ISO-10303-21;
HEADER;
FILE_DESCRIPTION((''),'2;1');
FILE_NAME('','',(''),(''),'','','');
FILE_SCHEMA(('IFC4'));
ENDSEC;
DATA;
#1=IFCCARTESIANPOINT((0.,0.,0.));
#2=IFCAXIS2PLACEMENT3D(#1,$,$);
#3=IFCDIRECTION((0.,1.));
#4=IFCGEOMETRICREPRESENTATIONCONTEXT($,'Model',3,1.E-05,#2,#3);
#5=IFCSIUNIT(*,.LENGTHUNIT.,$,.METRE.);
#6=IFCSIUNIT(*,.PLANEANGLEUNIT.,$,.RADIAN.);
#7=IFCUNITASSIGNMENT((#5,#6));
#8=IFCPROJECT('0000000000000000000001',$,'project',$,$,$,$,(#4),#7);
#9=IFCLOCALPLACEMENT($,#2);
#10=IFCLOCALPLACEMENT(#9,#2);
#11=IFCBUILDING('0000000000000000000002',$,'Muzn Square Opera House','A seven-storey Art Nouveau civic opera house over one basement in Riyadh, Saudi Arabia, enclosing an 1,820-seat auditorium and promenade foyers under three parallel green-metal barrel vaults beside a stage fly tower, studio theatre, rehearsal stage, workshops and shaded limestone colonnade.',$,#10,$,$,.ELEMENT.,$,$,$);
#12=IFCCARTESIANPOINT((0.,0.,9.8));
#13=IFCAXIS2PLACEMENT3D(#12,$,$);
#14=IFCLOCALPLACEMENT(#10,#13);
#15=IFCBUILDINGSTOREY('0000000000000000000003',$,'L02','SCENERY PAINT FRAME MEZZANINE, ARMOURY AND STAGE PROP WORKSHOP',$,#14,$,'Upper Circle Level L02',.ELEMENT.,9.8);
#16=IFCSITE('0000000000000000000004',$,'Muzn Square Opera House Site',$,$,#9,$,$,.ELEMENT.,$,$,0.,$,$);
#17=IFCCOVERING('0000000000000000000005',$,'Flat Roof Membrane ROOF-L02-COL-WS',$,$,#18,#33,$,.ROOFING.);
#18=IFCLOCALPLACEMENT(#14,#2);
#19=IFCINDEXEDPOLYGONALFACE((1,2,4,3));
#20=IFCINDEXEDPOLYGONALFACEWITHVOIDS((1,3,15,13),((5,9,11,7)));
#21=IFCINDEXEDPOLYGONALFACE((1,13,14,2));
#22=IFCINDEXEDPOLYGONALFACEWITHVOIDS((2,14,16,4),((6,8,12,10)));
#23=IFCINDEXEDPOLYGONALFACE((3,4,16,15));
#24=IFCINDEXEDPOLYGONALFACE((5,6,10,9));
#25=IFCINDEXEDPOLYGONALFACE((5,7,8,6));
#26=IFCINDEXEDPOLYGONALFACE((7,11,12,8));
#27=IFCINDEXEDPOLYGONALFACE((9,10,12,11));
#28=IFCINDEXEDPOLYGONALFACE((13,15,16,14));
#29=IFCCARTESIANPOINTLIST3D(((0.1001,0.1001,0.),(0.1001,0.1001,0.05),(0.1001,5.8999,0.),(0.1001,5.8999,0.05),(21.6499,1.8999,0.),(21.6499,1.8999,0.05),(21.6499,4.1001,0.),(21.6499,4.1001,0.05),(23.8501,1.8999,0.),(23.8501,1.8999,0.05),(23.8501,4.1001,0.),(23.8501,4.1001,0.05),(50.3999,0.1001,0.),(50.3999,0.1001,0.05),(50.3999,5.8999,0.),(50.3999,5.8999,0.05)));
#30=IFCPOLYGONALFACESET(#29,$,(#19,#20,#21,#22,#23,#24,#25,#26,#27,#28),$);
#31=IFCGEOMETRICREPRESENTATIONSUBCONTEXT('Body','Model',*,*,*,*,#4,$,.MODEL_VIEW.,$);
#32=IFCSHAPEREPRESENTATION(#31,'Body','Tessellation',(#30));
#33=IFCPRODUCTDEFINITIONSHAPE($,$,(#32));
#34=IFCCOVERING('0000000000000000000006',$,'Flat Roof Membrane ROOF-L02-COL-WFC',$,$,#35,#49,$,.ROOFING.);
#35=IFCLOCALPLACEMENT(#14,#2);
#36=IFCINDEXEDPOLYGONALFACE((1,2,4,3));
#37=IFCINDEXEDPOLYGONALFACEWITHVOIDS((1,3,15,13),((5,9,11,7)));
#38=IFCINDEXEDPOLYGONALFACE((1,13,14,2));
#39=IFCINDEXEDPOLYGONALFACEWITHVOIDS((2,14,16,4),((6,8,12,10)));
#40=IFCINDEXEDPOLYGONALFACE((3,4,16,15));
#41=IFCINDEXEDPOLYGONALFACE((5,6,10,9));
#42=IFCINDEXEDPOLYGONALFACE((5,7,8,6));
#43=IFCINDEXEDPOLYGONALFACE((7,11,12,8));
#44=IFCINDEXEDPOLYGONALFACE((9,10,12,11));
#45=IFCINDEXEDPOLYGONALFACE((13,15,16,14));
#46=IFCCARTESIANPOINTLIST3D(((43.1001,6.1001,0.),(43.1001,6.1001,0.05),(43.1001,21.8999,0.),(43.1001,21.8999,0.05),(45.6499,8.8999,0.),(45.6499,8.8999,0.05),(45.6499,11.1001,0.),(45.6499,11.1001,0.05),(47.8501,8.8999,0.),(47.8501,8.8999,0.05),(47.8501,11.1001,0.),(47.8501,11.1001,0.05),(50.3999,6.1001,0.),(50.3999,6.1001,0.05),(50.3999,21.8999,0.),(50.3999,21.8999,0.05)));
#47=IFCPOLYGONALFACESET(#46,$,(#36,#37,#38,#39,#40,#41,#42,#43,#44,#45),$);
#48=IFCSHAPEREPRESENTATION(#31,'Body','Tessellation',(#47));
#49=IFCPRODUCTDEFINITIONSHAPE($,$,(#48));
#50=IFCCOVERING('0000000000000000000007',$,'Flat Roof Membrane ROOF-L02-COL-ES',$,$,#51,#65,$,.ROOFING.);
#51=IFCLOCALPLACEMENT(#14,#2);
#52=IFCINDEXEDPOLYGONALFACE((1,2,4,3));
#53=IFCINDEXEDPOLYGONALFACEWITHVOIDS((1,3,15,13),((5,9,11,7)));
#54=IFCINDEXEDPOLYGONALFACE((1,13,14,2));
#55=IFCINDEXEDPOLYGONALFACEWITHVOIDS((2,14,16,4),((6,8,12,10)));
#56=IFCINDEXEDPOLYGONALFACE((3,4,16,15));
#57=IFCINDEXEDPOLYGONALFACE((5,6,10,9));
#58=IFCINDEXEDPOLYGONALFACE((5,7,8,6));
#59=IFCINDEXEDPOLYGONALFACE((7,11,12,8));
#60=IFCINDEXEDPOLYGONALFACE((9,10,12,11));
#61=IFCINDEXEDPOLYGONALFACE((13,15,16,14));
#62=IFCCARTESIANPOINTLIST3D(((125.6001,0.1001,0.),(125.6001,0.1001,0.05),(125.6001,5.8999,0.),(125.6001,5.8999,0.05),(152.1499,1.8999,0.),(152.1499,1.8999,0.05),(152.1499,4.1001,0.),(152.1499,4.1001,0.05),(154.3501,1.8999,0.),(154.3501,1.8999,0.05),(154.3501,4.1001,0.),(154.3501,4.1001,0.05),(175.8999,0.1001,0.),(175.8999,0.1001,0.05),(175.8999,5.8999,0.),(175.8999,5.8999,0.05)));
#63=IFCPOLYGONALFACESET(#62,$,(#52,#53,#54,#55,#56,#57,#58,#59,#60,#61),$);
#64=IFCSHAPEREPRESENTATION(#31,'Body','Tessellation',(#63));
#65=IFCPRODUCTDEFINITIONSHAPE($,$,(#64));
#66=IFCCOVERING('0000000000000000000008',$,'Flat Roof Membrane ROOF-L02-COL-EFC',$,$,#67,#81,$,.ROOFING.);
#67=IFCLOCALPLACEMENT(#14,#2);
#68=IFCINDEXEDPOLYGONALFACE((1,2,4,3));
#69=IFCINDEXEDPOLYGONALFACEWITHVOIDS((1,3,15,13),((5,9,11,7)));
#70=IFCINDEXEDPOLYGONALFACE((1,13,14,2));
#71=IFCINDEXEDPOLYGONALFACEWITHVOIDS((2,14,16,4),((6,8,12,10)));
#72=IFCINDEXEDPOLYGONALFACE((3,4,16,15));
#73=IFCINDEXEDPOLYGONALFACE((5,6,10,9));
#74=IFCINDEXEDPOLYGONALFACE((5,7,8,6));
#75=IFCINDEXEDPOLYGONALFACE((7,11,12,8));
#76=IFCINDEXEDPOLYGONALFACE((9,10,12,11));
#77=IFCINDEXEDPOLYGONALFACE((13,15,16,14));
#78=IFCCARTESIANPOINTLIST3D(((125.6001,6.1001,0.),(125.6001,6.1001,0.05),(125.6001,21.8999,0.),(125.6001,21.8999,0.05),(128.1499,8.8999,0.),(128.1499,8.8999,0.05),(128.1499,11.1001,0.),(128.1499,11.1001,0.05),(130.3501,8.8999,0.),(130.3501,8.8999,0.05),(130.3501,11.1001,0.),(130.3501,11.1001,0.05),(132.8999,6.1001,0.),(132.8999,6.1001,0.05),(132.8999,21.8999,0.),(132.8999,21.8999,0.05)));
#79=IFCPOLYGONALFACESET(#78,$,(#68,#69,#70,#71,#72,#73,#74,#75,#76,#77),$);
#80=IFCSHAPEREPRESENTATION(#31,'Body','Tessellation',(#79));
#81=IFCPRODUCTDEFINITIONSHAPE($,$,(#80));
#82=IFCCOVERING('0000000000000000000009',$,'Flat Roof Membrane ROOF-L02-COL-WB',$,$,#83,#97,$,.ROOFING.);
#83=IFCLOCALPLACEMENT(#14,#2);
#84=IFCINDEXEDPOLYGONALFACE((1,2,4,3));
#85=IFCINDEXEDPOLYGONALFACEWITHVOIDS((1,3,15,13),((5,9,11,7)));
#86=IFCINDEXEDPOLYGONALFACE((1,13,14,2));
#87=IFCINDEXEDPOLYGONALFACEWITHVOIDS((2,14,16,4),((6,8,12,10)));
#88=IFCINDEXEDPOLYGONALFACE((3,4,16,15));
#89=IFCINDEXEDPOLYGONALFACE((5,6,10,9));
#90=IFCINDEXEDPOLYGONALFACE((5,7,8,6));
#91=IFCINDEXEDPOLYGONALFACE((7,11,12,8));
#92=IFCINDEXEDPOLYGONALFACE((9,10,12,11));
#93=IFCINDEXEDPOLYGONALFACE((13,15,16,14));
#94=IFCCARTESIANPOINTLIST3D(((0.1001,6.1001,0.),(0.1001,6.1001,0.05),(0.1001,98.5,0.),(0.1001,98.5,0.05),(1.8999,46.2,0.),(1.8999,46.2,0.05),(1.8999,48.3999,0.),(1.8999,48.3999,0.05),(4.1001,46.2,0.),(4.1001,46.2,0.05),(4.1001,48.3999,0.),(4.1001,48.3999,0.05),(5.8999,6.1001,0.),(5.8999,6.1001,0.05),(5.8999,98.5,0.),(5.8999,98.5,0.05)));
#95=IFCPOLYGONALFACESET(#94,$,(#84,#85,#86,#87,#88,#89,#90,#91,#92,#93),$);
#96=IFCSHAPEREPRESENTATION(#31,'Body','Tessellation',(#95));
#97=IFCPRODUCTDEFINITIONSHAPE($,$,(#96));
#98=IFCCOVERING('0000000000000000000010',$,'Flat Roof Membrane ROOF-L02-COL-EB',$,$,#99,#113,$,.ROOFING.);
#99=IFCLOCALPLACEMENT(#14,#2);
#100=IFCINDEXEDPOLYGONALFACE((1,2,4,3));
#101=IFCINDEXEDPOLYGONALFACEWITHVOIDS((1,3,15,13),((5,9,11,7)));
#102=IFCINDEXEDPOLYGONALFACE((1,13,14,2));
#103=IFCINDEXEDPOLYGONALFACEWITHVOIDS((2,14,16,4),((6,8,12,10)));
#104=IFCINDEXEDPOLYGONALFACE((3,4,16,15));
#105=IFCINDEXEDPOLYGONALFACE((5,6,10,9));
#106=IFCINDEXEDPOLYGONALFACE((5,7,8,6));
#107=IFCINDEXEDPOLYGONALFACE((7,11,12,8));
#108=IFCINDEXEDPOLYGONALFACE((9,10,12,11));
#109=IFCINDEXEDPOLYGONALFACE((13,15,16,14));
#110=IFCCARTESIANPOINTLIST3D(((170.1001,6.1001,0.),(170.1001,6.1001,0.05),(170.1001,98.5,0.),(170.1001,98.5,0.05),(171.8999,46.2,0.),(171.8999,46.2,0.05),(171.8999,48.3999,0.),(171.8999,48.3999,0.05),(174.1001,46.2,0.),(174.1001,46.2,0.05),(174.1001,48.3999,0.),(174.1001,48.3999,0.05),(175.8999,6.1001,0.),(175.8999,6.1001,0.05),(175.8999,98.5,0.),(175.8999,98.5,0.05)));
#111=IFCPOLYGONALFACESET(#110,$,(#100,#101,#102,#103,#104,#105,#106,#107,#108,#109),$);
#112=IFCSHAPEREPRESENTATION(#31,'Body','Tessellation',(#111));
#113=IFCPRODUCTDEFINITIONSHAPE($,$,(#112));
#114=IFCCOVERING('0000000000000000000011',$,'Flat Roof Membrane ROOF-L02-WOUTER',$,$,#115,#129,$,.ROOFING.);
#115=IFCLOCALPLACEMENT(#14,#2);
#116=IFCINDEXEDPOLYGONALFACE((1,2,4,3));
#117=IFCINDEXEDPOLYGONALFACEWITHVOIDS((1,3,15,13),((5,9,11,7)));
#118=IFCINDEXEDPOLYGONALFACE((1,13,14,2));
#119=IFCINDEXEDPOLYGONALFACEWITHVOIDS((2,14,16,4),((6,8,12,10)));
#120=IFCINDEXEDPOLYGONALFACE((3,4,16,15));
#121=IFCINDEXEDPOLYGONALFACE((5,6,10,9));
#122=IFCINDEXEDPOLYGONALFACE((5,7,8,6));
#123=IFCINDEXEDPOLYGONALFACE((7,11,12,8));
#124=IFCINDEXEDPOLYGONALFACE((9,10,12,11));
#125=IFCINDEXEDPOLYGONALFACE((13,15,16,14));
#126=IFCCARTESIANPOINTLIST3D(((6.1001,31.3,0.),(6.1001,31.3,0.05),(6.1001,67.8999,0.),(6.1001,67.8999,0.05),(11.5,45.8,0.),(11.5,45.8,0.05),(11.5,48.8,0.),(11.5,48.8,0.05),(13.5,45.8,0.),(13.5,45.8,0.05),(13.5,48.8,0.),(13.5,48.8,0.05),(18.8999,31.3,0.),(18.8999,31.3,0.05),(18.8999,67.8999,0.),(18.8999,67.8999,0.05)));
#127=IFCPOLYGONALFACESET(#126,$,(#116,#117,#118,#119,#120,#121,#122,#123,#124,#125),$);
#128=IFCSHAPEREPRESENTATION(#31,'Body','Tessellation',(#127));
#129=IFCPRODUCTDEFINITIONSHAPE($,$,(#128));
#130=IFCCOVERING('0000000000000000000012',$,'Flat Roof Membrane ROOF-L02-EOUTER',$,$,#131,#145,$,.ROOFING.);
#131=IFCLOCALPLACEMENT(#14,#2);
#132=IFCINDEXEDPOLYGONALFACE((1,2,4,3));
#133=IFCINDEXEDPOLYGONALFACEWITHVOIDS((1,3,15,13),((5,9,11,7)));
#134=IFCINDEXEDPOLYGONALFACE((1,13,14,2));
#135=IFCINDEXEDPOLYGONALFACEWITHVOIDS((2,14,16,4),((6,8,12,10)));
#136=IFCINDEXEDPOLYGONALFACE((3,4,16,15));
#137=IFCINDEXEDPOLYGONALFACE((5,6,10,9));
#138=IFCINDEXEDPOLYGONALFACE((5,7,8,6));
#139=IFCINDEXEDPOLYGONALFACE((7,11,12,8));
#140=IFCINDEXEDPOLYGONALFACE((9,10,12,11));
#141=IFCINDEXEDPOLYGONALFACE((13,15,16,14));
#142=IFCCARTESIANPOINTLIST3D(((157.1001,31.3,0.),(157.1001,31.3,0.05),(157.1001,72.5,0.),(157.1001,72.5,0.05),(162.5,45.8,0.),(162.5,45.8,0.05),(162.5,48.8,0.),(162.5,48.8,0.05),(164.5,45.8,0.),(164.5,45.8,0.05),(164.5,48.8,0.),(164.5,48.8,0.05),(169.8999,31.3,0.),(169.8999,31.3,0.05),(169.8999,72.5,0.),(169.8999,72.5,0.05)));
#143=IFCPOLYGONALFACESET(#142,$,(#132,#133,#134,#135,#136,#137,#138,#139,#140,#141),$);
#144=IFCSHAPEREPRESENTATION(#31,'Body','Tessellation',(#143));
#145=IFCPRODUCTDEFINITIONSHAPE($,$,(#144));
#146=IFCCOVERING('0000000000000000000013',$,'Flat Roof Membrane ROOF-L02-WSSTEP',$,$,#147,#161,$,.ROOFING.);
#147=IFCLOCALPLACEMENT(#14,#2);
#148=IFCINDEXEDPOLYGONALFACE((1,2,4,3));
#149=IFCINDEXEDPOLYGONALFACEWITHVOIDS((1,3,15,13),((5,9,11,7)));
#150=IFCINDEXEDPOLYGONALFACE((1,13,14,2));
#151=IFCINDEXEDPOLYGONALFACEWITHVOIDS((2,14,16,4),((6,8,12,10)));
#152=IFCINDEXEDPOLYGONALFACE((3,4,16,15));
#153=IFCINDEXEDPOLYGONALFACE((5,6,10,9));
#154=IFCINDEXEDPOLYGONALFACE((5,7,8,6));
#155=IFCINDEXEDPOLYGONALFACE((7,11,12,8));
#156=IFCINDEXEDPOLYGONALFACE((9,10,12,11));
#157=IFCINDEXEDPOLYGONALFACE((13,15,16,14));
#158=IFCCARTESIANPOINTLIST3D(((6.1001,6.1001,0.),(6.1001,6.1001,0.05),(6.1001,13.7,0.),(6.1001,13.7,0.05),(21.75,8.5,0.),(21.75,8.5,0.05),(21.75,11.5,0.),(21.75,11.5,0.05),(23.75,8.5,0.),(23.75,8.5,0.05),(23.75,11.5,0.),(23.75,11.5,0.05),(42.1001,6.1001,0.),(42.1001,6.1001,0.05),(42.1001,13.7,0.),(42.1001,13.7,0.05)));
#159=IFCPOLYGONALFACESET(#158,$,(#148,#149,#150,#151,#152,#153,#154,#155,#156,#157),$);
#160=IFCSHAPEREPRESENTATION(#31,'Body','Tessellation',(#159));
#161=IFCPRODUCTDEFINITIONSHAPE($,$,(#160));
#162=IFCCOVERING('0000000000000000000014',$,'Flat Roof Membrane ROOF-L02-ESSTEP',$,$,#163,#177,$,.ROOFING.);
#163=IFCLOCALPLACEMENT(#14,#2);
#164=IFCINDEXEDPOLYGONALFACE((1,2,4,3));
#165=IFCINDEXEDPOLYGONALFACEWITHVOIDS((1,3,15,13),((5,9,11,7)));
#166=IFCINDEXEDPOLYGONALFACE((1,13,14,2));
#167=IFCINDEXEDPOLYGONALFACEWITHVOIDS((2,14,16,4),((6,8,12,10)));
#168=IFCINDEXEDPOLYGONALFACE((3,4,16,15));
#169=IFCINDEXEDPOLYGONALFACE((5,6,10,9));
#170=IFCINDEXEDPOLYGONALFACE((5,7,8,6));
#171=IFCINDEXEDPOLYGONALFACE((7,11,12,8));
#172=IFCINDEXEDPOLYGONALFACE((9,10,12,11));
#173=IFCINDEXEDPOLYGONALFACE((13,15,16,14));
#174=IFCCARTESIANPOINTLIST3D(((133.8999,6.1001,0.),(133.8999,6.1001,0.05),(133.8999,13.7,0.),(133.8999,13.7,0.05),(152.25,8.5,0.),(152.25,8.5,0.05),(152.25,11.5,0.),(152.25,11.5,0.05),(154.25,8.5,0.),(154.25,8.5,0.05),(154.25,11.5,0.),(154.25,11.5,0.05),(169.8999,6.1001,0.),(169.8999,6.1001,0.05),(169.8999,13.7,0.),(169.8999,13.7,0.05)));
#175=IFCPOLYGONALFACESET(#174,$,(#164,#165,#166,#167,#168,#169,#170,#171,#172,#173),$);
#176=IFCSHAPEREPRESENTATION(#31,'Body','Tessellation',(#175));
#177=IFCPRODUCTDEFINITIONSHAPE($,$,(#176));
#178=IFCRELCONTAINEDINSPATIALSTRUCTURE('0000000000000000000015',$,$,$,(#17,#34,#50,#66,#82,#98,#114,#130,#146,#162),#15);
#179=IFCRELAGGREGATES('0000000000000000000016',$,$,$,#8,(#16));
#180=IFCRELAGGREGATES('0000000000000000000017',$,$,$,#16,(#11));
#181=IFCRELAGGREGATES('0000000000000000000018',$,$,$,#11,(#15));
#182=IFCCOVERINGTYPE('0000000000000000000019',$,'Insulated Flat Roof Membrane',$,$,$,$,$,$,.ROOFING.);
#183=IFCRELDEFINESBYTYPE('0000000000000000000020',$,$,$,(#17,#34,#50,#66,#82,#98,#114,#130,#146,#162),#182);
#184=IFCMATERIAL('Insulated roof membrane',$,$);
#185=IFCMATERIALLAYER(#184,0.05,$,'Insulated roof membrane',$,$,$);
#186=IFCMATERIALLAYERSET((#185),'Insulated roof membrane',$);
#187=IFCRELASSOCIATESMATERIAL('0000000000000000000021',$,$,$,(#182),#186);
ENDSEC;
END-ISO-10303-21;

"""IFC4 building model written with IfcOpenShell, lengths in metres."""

from ifc_helpers import new_model, si_unit, direction, frame, origin, place, context, subcontext, project, spatial, polyline, outline, extrude, material, layer, layer_set, type_object, element, save


model = new_model("IFC4")

# Units and contexts
model_context = context("Model", 3, precision=1e-05, world=origin(), true_north=direction((0.0, 1.0)))
body_context = subcontext(model_context, "Body", "Model", "MODEL_VIEW")
ifc_project = project(units=[si_unit("LENGTHUNIT", "METRE"), si_unit("PLANEANGLEUNIT", "RADIAN")], contexts=[model_context])

# Site, building, storey
site_placement = place(None, origin())
site = spatial("IfcSite", under=ifc_project, at=site_placement, Name="Muzn Square Opera House Site", CompositionType="ELEMENT", RefElevation=0.0)
building_placement = place(site_placement, origin())
building = spatial("IfcBuilding", under=site, at=building_placement, Name="Muzn Square Opera House", Description="A seven-storey Art Nouveau civic opera house over one basement in Riyadh, Saudi Arabia, enclosing an 1,820-seat auditorium and promenade foyers under three parallel green-metal barrel vaults beside a stage fly tower, studio theatre, rehearsal stage, workshops and shaded limestone colonnade.", CompositionType="ELEMENT")
storey_placement = place(building_placement, frame((0.0, 0.0, 9.8)))
storey = spatial("IfcBuildingStorey", under=building, at=storey_placement, Name="L02", Description="SCENERY PAINT FRAME MEZZANINE, ARMOURY AND STAGE PROP WORKSHOP", LongName="Upper Circle Level L02", CompositionType="ELEMENT", Elevation=9.8)

# Coverings
ifc_material_1 = material(Name="Insulated roof membrane")
ifc_layer_1 = layer(ifc_material_1, 0.05, Name="Insulated roof membrane")
ifc_layer_set_1 = layer_set([ifc_layer_1], Name="Insulated roof membrane")
covering_type = type_object("IfcCoveringType", Name="Insulated Flat Roof Membrane", PredefinedType="ROOFING", material=ifc_layer_set_1)
covering_1_placement = place(storey_placement, origin())
element("IfcCovering", 1, at=covering_1_placement, inside=storey, type_object=covering_type, Name="Flat Roof Membrane ROOF-L02-COL-WS", PredefinedType="ROOFING", context=body_context, shape_type="SweptSolid", body=[
    extrude(outline(polyline([(0.1001, 0.1001), (50.3999, 0.1001), (50.3999, 5.8999), (0.1001, 5.8999), (0.1001, 0.1001)]), holes=[polyline([(21.6499, 1.8999), (23.8501, 1.8999), (23.8501, 4.1001), (21.6499, 4.1001), (21.6499, 1.8999)])]), origin(), (0.0, 0.0, 1.0), 0.05),
])
covering_2_placement = place(storey_placement, origin())
element("IfcCovering", 2, at=covering_2_placement, inside=storey, type_object=covering_type, Name="Flat Roof Membrane ROOF-L02-COL-WFC", PredefinedType="ROOFING", context=body_context, shape_type="SweptSolid", body=[
    extrude(outline(polyline([(43.1001, 6.1001), (50.3999, 6.1001), (50.3999, 21.8999), (43.1001, 21.8999), (43.1001, 6.1001)]), holes=[polyline([(45.6499, 8.8999), (47.8501, 8.8999), (47.8501, 11.1001), (45.6499, 11.1001), (45.6499, 8.8999)])]), origin(), (0.0, 0.0, 1.0), 0.05),
])
covering_3_placement = place(storey_placement, origin())
element("IfcCovering", 3, at=covering_3_placement, inside=storey, type_object=covering_type, Name="Flat Roof Membrane ROOF-L02-COL-ES", PredefinedType="ROOFING", context=body_context, shape_type="SweptSolid", body=[
    extrude(outline(polyline([(125.6001, 0.1001), (175.8999, 0.1001), (175.8999, 5.8999), (125.6001, 5.8999), (125.6001, 0.1001)]), holes=[polyline([(152.1499, 1.8999), (154.3501, 1.8999), (154.3501, 4.1001), (152.1499, 4.1001), (152.1499, 1.8999)])]), origin(), (0.0, 0.0, 1.0), 0.05),
])
covering_4_placement = place(storey_placement, origin())
element("IfcCovering", 4, at=covering_4_placement, inside=storey, type_object=covering_type, Name="Flat Roof Membrane ROOF-L02-COL-EFC", PredefinedType="ROOFING", context=body_context, shape_type="SweptSolid", body=[
    extrude(outline(polyline([(125.6001, 6.1001), (132.8999, 6.1001), (132.8999, 21.8999), (125.6001, 21.8999), (125.6001, 6.1001)]), holes=[polyline([(128.1499, 8.8999), (130.3501, 8.8999), (130.3501, 11.1001), (128.1499, 11.1001), (128.1499, 8.8999)])]), origin(), (0.0, 0.0, 1.0), 0.05),
])
covering_5_placement = place(storey_placement, origin())
element("IfcCovering", 5, at=covering_5_placement, inside=storey, type_object=covering_type, Name="Flat Roof Membrane ROOF-L02-COL-WB", PredefinedType="ROOFING", context=body_context, shape_type="SweptSolid", body=[
    extrude(outline(polyline([(0.1001, 6.1001), (5.8999, 6.1001), (5.8999, 98.5), (0.1001, 98.5), (0.1001, 6.1001)]), holes=[polyline([(1.8999, 46.2), (4.1001, 46.2), (4.1001, 48.3999), (1.8999, 48.3999), (1.8999, 46.2)])]), origin(), (0.0, 0.0, 1.0), 0.05),
])
covering_6_placement = place(storey_placement, origin())
element("IfcCovering", 6, at=covering_6_placement, inside=storey, type_object=covering_type, Name="Flat Roof Membrane ROOF-L02-COL-EB", PredefinedType="ROOFING", context=body_context, shape_type="SweptSolid", body=[
    extrude(outline(polyline([(170.1001, 6.1001), (175.8999, 6.1001), (175.8999, 98.5), (170.1001, 98.5), (170.1001, 6.1001)]), holes=[polyline([(171.8999, 46.2), (174.1001, 46.2), (174.1001, 48.3999), (171.8999, 48.3999), (171.8999, 46.2)])]), origin(), (0.0, 0.0, 1.0), 0.05),
])
covering_7_placement = place(storey_placement, origin())
element("IfcCovering", 7, at=covering_7_placement, inside=storey, type_object=covering_type, Name="Flat Roof Membrane ROOF-L02-WOUTER", PredefinedType="ROOFING", context=body_context, shape_type="SweptSolid", body=[
    extrude(outline(polyline([(6.1001, 31.3), (18.8999, 31.3), (18.8999, 67.8999), (6.1001, 67.8999), (6.1001, 31.3)]), holes=[polyline([(11.5, 45.8), (13.5, 45.8), (13.5, 48.8), (11.5, 48.8), (11.5, 45.8)])]), origin(), (0.0, 0.0, 1.0), 0.05),
])
covering_8_placement = place(storey_placement, origin())
element("IfcCovering", 8, at=covering_8_placement, inside=storey, type_object=covering_type, Name="Flat Roof Membrane ROOF-L02-EOUTER", PredefinedType="ROOFING", context=body_context, shape_type="SweptSolid", body=[
    extrude(outline(polyline([(157.1001, 31.3), (169.8999, 31.3), (169.8999, 72.5), (157.1001, 72.5), (157.1001, 31.3)]), holes=[polyline([(162.5, 45.8), (164.5, 45.8), (164.5, 48.8), (162.5, 48.8), (162.5, 45.8)])]), origin(), (0.0, 0.0, 1.0), 0.05),
])
covering_9_placement = place(storey_placement, origin())
element("IfcCovering", 9, at=covering_9_placement, inside=storey, type_object=covering_type, Name="Flat Roof Membrane ROOF-L02-WSSTEP", PredefinedType="ROOFING", context=body_context, shape_type="SweptSolid", body=[
    extrude(outline(polyline([(6.1001, 6.1001), (42.1001, 6.1001), (42.1001, 13.7), (6.1001, 13.7), (6.1001, 6.1001)]), holes=[polyline([(21.75, 8.5), (23.75, 8.5), (23.75, 11.5), (21.75, 11.5), (21.75, 8.5)])]), origin(), (0.0, 0.0, 1.0), 0.05),
])
covering_10_placement = place(storey_placement, origin())
element("IfcCovering", 10, at=covering_10_placement, inside=storey, type_object=covering_type, Name="Flat Roof Membrane ROOF-L02-ESSTEP", PredefinedType="ROOFING", context=body_context, shape_type="SweptSolid", body=[
    extrude(outline(polyline([(133.8999, 6.1001), (169.8999, 6.1001), (169.8999, 13.7), (133.8999, 13.7), (133.8999, 6.1001)]), holes=[polyline([(152.25, 8.5), (154.25, 8.5), (154.25, 11.5), (152.25, 11.5), (152.25, 8.5)])]), origin(), (0.0, 0.0, 1.0), 0.05),
])

save(model, "model.ifc")
